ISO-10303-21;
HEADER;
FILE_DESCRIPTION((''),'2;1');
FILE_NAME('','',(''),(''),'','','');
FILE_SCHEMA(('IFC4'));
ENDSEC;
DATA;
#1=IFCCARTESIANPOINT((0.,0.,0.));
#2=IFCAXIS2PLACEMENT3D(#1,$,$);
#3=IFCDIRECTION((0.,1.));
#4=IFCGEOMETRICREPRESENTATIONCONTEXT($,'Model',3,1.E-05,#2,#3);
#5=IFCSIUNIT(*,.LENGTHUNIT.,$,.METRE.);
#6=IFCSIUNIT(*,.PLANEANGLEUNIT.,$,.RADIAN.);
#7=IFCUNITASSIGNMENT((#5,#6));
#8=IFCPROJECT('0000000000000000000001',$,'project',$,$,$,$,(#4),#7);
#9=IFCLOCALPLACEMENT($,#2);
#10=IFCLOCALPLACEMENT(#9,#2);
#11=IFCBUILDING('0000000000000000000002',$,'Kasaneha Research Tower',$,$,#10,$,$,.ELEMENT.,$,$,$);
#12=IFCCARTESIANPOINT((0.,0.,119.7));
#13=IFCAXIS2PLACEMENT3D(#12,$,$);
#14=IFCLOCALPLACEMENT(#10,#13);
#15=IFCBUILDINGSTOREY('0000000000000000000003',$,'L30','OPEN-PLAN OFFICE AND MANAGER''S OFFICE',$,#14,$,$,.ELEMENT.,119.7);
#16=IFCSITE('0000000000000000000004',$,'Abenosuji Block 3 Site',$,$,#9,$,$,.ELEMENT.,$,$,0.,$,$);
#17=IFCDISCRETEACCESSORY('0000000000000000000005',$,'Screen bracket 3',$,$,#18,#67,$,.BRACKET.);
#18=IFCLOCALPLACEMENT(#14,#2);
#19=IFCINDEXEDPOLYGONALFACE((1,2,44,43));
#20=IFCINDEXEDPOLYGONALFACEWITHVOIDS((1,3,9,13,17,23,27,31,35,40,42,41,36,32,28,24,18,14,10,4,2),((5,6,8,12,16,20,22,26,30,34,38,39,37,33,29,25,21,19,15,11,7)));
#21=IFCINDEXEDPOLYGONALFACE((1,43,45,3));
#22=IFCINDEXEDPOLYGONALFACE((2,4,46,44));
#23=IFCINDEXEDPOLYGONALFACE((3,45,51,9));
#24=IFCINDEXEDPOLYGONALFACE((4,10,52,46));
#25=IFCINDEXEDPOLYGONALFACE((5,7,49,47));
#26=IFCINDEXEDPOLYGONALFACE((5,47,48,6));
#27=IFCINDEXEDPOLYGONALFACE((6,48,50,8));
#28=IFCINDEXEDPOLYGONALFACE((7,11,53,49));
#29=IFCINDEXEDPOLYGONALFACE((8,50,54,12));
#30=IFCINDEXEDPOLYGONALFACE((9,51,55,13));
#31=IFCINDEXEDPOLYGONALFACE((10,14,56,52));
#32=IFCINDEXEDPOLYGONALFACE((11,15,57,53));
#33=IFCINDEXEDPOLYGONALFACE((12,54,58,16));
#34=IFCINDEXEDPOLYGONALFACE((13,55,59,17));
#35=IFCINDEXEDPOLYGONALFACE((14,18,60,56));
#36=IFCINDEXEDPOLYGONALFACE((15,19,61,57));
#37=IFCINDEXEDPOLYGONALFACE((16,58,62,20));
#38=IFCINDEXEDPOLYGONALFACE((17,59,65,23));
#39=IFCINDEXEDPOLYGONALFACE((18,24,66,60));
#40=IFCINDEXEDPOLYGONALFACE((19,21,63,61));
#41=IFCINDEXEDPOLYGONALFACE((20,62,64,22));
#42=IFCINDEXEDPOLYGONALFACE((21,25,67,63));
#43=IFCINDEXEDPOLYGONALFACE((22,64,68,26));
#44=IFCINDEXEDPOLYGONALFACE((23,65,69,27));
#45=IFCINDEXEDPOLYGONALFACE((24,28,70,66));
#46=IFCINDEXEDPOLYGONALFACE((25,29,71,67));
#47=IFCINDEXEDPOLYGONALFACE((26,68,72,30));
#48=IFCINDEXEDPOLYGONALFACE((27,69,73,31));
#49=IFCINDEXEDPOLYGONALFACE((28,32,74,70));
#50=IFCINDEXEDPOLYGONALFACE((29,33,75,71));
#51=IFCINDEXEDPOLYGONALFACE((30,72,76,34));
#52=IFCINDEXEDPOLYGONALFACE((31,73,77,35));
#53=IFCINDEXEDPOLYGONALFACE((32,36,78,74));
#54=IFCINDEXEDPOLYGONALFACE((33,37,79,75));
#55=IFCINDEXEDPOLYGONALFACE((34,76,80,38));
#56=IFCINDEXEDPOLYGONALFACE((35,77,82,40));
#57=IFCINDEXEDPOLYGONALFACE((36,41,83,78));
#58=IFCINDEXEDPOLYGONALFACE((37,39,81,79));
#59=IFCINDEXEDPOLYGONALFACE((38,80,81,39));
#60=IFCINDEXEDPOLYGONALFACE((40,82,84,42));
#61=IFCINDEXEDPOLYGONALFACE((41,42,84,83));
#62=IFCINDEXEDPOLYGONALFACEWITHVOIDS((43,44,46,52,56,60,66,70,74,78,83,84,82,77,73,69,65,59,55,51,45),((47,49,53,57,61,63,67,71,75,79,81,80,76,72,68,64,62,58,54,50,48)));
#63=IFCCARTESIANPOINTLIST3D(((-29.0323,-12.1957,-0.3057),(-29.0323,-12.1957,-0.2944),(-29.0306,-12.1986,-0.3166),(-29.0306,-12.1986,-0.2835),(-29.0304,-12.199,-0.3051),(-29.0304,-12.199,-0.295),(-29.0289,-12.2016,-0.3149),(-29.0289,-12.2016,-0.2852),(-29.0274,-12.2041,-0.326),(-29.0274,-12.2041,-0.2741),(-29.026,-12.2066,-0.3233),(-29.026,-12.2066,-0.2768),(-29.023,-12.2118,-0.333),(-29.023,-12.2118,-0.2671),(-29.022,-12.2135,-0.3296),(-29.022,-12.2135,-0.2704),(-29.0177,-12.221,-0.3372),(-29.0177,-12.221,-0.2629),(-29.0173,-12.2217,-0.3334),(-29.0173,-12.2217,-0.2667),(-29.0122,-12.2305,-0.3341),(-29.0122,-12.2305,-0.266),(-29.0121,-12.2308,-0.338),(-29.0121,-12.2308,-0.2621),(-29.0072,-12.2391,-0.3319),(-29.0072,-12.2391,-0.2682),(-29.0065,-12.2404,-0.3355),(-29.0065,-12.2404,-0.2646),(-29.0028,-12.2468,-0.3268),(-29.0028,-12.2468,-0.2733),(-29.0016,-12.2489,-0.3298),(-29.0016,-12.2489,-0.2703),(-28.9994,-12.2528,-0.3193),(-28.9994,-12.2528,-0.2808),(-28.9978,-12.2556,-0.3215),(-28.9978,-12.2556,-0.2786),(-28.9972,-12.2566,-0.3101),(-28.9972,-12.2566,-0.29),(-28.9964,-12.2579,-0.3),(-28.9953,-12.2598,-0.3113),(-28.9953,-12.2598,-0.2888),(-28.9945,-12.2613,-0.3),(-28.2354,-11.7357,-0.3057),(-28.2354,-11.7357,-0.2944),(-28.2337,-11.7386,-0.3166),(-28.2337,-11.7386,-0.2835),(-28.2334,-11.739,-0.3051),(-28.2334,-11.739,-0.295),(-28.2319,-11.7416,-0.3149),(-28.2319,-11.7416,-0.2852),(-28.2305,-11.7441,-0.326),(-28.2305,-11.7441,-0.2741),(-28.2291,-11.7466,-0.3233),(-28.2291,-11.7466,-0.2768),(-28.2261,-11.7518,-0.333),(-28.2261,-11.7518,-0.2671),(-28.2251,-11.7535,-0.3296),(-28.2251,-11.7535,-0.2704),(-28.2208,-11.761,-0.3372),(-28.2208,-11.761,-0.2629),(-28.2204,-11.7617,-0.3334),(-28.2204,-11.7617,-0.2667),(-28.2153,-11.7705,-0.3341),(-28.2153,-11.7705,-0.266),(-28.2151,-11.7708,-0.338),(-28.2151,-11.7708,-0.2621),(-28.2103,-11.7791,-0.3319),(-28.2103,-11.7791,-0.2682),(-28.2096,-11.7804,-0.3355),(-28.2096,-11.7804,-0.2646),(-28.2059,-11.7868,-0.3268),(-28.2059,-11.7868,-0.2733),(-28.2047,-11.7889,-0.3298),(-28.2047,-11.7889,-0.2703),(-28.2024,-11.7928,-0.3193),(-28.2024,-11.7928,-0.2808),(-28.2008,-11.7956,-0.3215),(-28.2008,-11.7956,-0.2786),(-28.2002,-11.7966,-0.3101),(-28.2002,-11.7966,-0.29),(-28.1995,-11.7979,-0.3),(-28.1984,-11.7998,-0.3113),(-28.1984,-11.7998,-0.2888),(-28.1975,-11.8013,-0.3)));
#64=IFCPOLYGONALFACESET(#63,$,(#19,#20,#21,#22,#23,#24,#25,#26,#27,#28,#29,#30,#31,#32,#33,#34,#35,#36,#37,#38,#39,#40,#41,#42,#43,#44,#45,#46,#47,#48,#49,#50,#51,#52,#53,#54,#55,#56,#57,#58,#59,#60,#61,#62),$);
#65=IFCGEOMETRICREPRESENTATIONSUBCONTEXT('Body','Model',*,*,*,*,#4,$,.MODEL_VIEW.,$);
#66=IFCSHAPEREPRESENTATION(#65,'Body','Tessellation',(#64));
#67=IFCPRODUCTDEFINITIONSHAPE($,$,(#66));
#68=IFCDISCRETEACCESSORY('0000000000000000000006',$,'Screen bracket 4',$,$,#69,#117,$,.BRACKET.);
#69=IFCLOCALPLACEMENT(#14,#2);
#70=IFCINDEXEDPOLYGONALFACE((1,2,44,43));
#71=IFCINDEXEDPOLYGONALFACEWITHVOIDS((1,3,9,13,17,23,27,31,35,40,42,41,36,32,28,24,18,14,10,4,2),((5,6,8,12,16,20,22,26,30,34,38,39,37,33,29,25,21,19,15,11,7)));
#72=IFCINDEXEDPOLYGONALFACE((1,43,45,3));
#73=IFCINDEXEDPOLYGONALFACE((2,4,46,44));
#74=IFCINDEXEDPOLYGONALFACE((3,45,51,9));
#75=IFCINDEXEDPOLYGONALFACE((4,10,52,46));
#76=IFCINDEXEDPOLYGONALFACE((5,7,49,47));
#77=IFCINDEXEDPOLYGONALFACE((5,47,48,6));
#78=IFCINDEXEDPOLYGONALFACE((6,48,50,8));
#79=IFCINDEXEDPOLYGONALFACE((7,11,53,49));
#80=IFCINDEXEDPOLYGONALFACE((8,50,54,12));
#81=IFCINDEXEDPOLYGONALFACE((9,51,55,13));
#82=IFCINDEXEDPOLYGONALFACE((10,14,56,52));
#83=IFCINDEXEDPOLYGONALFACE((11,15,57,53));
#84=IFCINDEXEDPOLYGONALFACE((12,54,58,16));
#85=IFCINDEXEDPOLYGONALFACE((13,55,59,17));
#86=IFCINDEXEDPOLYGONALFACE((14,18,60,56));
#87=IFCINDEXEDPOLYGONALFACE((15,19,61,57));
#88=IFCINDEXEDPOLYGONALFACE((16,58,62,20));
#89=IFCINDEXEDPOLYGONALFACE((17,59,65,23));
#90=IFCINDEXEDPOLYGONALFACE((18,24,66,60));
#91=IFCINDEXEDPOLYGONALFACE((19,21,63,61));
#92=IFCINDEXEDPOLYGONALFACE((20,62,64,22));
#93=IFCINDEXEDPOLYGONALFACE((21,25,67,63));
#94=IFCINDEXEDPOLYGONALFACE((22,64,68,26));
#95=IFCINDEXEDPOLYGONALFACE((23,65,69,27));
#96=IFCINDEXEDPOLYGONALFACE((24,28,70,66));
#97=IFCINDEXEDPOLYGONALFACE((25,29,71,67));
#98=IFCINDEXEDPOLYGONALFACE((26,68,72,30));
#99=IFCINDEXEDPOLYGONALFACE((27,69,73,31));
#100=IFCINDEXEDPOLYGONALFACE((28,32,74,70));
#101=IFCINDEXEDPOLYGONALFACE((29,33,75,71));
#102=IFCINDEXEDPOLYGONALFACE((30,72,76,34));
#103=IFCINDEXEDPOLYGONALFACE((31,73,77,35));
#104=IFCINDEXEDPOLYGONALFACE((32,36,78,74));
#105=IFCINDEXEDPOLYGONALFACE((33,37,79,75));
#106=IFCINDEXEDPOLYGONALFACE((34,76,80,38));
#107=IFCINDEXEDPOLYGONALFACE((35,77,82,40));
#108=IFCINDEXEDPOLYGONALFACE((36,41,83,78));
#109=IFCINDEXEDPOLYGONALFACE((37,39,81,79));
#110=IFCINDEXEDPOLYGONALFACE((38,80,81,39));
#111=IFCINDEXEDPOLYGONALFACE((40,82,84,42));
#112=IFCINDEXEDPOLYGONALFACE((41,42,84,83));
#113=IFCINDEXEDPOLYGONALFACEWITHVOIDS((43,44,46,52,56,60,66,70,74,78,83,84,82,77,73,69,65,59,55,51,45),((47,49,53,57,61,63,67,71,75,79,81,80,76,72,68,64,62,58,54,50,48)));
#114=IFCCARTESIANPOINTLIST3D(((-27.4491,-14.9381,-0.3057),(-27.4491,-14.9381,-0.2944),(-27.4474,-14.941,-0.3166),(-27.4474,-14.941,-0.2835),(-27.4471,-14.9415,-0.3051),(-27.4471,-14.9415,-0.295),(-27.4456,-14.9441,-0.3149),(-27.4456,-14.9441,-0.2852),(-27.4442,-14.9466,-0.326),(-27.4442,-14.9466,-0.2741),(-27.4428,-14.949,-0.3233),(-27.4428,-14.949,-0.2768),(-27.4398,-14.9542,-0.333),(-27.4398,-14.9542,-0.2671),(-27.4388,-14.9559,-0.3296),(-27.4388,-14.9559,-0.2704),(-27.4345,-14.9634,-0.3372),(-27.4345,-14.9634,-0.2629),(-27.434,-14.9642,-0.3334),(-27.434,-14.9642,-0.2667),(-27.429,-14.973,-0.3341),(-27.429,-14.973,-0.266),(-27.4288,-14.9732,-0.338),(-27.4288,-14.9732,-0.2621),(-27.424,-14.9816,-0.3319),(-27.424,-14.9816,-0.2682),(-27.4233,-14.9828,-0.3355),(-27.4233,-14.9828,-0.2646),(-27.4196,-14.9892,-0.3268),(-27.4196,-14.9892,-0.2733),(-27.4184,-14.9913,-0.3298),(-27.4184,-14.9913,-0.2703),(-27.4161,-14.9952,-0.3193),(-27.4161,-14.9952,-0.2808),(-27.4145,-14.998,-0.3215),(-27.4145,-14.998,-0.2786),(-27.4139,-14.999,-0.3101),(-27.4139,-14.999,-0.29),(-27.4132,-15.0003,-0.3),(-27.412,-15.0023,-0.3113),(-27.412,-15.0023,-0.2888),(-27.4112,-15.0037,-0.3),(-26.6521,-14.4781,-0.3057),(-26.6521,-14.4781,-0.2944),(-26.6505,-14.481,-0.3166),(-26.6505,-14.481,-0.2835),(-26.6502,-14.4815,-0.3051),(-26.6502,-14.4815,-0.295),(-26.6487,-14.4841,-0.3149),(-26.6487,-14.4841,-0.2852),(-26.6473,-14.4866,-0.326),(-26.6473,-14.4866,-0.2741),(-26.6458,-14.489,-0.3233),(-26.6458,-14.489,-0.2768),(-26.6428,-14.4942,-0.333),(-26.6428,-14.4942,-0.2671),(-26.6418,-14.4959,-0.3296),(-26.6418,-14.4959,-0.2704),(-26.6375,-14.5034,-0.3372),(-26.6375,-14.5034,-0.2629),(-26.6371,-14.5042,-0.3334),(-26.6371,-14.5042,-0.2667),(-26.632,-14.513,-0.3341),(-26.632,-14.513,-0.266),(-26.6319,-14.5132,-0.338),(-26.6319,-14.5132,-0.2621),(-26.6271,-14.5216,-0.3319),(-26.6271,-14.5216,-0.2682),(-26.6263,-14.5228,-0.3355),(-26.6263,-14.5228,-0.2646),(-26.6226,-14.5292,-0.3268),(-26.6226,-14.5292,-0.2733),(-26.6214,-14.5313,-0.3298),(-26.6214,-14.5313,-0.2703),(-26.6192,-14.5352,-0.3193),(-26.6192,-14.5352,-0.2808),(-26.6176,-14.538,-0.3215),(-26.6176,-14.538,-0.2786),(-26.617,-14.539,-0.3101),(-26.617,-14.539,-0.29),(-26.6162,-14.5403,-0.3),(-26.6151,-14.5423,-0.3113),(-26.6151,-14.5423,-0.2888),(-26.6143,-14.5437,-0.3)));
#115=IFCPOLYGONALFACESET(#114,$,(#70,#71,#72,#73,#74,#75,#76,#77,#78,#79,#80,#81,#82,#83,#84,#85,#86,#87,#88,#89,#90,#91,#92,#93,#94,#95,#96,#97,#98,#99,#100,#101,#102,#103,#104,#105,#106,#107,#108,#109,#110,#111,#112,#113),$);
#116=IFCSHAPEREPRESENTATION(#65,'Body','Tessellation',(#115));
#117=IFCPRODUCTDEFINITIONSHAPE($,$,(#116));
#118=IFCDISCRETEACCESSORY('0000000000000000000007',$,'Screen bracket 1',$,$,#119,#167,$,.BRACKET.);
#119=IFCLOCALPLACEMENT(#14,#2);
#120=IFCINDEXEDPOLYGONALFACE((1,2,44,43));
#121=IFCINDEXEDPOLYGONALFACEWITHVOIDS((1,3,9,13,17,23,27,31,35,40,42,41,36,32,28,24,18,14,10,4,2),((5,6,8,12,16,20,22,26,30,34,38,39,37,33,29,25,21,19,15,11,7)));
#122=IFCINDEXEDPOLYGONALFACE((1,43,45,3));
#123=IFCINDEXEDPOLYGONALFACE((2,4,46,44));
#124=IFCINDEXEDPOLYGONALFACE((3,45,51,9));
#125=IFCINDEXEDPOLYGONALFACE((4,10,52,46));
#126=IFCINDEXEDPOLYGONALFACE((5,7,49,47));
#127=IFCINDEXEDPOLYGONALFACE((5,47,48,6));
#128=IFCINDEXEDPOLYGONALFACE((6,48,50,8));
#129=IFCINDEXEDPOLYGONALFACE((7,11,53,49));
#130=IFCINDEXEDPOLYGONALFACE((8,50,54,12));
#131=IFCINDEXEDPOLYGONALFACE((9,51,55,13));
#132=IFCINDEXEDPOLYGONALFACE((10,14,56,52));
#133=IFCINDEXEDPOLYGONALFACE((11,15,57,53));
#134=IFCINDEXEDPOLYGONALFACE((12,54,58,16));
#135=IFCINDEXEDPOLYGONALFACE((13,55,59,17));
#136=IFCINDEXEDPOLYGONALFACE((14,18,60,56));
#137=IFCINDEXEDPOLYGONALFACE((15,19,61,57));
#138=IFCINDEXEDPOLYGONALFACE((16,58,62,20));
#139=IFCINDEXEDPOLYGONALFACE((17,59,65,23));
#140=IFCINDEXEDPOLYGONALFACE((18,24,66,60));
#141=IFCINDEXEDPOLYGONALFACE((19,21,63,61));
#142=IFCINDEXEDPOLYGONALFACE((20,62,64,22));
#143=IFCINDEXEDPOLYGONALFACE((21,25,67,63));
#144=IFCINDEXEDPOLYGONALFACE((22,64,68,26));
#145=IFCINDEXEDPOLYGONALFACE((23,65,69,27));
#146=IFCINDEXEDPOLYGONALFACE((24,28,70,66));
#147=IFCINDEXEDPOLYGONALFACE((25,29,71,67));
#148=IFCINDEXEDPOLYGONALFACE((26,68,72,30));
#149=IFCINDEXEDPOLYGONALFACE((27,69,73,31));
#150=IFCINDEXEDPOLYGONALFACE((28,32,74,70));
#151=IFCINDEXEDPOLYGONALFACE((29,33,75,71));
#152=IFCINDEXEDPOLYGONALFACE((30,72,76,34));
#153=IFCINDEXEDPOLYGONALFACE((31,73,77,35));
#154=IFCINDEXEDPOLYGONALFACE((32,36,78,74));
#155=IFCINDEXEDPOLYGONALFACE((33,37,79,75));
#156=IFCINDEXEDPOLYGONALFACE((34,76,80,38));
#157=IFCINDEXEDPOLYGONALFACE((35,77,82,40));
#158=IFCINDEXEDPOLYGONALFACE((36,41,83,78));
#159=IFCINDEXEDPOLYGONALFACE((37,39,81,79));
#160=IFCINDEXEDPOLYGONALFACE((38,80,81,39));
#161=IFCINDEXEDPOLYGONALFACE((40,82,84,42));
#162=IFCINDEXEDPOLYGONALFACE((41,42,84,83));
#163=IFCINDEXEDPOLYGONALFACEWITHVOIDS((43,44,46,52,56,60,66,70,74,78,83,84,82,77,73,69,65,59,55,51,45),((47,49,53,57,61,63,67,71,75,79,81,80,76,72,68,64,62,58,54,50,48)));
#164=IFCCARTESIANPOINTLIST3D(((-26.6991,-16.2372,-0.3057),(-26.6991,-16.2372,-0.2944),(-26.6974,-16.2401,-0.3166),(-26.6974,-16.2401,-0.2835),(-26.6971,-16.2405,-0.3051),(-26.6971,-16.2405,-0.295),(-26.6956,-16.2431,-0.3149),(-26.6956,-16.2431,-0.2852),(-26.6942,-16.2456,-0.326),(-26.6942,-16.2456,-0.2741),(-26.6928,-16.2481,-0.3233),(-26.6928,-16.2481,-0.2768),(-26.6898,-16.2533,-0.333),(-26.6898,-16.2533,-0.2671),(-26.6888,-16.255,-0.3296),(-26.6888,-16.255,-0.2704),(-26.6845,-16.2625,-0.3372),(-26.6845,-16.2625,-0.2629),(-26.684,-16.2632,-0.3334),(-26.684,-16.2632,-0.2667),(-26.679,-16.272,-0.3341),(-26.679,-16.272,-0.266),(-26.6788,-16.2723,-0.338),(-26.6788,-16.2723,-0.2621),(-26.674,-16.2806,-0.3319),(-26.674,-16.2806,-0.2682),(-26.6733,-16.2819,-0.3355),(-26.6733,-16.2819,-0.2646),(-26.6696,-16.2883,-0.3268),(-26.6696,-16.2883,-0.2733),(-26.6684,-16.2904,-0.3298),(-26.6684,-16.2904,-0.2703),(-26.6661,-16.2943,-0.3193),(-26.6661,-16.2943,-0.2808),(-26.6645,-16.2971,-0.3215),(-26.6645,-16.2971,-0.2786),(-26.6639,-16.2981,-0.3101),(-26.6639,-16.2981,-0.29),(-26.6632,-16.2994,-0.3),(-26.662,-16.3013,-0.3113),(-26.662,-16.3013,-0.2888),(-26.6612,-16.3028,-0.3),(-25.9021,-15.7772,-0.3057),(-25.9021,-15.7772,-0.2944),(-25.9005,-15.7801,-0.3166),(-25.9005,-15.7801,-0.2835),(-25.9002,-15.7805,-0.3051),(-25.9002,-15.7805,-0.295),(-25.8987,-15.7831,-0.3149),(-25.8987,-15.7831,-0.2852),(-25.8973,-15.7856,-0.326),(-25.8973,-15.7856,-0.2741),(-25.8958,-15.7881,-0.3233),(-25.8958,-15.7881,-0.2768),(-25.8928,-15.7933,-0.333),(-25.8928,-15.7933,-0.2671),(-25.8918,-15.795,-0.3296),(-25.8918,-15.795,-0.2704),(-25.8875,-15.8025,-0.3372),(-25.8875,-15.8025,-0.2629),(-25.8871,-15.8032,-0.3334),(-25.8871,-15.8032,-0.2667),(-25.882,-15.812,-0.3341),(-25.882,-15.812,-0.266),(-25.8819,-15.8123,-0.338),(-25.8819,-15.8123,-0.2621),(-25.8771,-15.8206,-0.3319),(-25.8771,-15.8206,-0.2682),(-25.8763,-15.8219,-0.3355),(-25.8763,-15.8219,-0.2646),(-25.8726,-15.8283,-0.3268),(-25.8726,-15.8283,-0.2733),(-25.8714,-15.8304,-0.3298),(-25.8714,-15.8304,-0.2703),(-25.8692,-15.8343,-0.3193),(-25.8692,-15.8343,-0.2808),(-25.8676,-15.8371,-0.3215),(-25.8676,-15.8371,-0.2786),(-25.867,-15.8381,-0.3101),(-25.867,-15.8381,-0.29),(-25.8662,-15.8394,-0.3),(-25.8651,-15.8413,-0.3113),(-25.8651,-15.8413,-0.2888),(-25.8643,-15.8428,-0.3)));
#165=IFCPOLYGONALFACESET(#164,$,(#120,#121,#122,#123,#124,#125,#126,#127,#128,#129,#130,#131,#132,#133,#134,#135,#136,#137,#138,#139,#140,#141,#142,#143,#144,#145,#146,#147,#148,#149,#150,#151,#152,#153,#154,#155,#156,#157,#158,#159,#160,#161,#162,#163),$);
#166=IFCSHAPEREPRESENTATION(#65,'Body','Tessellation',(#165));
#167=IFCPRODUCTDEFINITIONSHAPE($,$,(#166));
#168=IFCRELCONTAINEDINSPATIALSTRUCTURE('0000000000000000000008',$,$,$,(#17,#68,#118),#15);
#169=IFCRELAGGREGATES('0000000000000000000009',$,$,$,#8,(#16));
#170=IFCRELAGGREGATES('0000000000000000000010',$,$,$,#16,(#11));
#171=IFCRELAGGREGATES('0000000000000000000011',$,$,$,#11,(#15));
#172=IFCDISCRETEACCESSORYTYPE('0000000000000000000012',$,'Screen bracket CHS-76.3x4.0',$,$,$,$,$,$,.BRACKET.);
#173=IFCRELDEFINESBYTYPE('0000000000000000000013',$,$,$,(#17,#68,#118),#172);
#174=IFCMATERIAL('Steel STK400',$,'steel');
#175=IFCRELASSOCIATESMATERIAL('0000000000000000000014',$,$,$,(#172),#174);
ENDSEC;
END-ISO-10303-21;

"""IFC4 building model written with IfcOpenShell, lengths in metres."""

from ifc_helpers import new_model, si_unit, direction, frame, origin, origin_2d, place, context, subcontext, project, spatial, hollow_circle, extrude, material, material_profile, profile_set, type_object, element, save


model = new_model("IFC4")

# Units and contexts
model_context = context("Model", 3, precision=1e-05, world=origin(), true_north=direction((0.0, 1.0)))
body_context = subcontext(model_context, "Body", "Model", "MODEL_VIEW")
ifc_project = project(units=[si_unit("LENGTHUNIT", "METRE"), si_unit("PLANEANGLEUNIT", "RADIAN")], contexts=[model_context])

# Site, building, storey
site_placement = place(None, origin())
site = spatial("IfcSite", under=ifc_project, at=site_placement, Name="Abenosuji Block 3 Site", CompositionType="ELEMENT", RefElevation=0.0)
building_placement = place(site_placement, origin())
building = spatial("IfcBuilding", under=site, at=building_placement, Name="Kasaneha Research Tower", CompositionType="ELEMENT")
storey_placement = place(building_placement, frame((0.0, 0.0, 119.7)))
storey = spatial("IfcBuildingStorey", under=building, at=storey_placement, Name="L30", Description="OPEN-PLAN OFFICE AND MANAGER'S OFFICE", CompositionType="ELEMENT", Elevation=119.7)

# Discrete accessories
ifc_material_1 = material(Name="Steel STK400", Category="steel")
ifc_material_profile_1 = material_profile(ifc_material_1, hollow_circle(Radius=0.0381, WallThickness=0.0039, at=origin_2d()), Name="CHS-76.3x4.0")
ifc_profile_set_1 = profile_set([ifc_material_profile_1], Name="Steel STK400")
discrete_accessory_type = type_object("IfcDiscreteAccessoryType", Name="Screen bracket CHS-76.3x4.0", PredefinedType="BRACKET", material=ifc_profile_set_1)
for number, where, z_axis, x_axis, name in (
    (1, (-28.2166, -11.7683, -0.3), (-0.86608, -0.499906, 0.0), (0.499906, -0.86608, 0.0), "Screen bracket 3"),
    (2, (-26.6333, -14.5107, -0.3), (-0.86608, -0.499906, 0.0), (0.499906, -0.86608, 0.0), "Screen bracket 4"),
    (3, (-25.8833, -15.8098, -0.3), (-0.86608, -0.499906, 0.0), (0.499906, -0.86608, 0.0), "Screen bracket 1"),
):
    element("IfcDiscreteAccessory", number, at=place(storey_placement, frame(where, z_axis=z_axis, x_axis=x_axis)), inside=storey, type_object=discrete_accessory_type, Name=name, PredefinedType="BRACKET", context=body_context, shape_type="SweptSolid", body=[
        extrude(hollow_circle(Radius=0.0381, WallThickness=0.0039, at=origin_2d()), origin(), (0.0, 0.0, 1.0), 0.9202),
    ])

save(model, "model.ifc")
